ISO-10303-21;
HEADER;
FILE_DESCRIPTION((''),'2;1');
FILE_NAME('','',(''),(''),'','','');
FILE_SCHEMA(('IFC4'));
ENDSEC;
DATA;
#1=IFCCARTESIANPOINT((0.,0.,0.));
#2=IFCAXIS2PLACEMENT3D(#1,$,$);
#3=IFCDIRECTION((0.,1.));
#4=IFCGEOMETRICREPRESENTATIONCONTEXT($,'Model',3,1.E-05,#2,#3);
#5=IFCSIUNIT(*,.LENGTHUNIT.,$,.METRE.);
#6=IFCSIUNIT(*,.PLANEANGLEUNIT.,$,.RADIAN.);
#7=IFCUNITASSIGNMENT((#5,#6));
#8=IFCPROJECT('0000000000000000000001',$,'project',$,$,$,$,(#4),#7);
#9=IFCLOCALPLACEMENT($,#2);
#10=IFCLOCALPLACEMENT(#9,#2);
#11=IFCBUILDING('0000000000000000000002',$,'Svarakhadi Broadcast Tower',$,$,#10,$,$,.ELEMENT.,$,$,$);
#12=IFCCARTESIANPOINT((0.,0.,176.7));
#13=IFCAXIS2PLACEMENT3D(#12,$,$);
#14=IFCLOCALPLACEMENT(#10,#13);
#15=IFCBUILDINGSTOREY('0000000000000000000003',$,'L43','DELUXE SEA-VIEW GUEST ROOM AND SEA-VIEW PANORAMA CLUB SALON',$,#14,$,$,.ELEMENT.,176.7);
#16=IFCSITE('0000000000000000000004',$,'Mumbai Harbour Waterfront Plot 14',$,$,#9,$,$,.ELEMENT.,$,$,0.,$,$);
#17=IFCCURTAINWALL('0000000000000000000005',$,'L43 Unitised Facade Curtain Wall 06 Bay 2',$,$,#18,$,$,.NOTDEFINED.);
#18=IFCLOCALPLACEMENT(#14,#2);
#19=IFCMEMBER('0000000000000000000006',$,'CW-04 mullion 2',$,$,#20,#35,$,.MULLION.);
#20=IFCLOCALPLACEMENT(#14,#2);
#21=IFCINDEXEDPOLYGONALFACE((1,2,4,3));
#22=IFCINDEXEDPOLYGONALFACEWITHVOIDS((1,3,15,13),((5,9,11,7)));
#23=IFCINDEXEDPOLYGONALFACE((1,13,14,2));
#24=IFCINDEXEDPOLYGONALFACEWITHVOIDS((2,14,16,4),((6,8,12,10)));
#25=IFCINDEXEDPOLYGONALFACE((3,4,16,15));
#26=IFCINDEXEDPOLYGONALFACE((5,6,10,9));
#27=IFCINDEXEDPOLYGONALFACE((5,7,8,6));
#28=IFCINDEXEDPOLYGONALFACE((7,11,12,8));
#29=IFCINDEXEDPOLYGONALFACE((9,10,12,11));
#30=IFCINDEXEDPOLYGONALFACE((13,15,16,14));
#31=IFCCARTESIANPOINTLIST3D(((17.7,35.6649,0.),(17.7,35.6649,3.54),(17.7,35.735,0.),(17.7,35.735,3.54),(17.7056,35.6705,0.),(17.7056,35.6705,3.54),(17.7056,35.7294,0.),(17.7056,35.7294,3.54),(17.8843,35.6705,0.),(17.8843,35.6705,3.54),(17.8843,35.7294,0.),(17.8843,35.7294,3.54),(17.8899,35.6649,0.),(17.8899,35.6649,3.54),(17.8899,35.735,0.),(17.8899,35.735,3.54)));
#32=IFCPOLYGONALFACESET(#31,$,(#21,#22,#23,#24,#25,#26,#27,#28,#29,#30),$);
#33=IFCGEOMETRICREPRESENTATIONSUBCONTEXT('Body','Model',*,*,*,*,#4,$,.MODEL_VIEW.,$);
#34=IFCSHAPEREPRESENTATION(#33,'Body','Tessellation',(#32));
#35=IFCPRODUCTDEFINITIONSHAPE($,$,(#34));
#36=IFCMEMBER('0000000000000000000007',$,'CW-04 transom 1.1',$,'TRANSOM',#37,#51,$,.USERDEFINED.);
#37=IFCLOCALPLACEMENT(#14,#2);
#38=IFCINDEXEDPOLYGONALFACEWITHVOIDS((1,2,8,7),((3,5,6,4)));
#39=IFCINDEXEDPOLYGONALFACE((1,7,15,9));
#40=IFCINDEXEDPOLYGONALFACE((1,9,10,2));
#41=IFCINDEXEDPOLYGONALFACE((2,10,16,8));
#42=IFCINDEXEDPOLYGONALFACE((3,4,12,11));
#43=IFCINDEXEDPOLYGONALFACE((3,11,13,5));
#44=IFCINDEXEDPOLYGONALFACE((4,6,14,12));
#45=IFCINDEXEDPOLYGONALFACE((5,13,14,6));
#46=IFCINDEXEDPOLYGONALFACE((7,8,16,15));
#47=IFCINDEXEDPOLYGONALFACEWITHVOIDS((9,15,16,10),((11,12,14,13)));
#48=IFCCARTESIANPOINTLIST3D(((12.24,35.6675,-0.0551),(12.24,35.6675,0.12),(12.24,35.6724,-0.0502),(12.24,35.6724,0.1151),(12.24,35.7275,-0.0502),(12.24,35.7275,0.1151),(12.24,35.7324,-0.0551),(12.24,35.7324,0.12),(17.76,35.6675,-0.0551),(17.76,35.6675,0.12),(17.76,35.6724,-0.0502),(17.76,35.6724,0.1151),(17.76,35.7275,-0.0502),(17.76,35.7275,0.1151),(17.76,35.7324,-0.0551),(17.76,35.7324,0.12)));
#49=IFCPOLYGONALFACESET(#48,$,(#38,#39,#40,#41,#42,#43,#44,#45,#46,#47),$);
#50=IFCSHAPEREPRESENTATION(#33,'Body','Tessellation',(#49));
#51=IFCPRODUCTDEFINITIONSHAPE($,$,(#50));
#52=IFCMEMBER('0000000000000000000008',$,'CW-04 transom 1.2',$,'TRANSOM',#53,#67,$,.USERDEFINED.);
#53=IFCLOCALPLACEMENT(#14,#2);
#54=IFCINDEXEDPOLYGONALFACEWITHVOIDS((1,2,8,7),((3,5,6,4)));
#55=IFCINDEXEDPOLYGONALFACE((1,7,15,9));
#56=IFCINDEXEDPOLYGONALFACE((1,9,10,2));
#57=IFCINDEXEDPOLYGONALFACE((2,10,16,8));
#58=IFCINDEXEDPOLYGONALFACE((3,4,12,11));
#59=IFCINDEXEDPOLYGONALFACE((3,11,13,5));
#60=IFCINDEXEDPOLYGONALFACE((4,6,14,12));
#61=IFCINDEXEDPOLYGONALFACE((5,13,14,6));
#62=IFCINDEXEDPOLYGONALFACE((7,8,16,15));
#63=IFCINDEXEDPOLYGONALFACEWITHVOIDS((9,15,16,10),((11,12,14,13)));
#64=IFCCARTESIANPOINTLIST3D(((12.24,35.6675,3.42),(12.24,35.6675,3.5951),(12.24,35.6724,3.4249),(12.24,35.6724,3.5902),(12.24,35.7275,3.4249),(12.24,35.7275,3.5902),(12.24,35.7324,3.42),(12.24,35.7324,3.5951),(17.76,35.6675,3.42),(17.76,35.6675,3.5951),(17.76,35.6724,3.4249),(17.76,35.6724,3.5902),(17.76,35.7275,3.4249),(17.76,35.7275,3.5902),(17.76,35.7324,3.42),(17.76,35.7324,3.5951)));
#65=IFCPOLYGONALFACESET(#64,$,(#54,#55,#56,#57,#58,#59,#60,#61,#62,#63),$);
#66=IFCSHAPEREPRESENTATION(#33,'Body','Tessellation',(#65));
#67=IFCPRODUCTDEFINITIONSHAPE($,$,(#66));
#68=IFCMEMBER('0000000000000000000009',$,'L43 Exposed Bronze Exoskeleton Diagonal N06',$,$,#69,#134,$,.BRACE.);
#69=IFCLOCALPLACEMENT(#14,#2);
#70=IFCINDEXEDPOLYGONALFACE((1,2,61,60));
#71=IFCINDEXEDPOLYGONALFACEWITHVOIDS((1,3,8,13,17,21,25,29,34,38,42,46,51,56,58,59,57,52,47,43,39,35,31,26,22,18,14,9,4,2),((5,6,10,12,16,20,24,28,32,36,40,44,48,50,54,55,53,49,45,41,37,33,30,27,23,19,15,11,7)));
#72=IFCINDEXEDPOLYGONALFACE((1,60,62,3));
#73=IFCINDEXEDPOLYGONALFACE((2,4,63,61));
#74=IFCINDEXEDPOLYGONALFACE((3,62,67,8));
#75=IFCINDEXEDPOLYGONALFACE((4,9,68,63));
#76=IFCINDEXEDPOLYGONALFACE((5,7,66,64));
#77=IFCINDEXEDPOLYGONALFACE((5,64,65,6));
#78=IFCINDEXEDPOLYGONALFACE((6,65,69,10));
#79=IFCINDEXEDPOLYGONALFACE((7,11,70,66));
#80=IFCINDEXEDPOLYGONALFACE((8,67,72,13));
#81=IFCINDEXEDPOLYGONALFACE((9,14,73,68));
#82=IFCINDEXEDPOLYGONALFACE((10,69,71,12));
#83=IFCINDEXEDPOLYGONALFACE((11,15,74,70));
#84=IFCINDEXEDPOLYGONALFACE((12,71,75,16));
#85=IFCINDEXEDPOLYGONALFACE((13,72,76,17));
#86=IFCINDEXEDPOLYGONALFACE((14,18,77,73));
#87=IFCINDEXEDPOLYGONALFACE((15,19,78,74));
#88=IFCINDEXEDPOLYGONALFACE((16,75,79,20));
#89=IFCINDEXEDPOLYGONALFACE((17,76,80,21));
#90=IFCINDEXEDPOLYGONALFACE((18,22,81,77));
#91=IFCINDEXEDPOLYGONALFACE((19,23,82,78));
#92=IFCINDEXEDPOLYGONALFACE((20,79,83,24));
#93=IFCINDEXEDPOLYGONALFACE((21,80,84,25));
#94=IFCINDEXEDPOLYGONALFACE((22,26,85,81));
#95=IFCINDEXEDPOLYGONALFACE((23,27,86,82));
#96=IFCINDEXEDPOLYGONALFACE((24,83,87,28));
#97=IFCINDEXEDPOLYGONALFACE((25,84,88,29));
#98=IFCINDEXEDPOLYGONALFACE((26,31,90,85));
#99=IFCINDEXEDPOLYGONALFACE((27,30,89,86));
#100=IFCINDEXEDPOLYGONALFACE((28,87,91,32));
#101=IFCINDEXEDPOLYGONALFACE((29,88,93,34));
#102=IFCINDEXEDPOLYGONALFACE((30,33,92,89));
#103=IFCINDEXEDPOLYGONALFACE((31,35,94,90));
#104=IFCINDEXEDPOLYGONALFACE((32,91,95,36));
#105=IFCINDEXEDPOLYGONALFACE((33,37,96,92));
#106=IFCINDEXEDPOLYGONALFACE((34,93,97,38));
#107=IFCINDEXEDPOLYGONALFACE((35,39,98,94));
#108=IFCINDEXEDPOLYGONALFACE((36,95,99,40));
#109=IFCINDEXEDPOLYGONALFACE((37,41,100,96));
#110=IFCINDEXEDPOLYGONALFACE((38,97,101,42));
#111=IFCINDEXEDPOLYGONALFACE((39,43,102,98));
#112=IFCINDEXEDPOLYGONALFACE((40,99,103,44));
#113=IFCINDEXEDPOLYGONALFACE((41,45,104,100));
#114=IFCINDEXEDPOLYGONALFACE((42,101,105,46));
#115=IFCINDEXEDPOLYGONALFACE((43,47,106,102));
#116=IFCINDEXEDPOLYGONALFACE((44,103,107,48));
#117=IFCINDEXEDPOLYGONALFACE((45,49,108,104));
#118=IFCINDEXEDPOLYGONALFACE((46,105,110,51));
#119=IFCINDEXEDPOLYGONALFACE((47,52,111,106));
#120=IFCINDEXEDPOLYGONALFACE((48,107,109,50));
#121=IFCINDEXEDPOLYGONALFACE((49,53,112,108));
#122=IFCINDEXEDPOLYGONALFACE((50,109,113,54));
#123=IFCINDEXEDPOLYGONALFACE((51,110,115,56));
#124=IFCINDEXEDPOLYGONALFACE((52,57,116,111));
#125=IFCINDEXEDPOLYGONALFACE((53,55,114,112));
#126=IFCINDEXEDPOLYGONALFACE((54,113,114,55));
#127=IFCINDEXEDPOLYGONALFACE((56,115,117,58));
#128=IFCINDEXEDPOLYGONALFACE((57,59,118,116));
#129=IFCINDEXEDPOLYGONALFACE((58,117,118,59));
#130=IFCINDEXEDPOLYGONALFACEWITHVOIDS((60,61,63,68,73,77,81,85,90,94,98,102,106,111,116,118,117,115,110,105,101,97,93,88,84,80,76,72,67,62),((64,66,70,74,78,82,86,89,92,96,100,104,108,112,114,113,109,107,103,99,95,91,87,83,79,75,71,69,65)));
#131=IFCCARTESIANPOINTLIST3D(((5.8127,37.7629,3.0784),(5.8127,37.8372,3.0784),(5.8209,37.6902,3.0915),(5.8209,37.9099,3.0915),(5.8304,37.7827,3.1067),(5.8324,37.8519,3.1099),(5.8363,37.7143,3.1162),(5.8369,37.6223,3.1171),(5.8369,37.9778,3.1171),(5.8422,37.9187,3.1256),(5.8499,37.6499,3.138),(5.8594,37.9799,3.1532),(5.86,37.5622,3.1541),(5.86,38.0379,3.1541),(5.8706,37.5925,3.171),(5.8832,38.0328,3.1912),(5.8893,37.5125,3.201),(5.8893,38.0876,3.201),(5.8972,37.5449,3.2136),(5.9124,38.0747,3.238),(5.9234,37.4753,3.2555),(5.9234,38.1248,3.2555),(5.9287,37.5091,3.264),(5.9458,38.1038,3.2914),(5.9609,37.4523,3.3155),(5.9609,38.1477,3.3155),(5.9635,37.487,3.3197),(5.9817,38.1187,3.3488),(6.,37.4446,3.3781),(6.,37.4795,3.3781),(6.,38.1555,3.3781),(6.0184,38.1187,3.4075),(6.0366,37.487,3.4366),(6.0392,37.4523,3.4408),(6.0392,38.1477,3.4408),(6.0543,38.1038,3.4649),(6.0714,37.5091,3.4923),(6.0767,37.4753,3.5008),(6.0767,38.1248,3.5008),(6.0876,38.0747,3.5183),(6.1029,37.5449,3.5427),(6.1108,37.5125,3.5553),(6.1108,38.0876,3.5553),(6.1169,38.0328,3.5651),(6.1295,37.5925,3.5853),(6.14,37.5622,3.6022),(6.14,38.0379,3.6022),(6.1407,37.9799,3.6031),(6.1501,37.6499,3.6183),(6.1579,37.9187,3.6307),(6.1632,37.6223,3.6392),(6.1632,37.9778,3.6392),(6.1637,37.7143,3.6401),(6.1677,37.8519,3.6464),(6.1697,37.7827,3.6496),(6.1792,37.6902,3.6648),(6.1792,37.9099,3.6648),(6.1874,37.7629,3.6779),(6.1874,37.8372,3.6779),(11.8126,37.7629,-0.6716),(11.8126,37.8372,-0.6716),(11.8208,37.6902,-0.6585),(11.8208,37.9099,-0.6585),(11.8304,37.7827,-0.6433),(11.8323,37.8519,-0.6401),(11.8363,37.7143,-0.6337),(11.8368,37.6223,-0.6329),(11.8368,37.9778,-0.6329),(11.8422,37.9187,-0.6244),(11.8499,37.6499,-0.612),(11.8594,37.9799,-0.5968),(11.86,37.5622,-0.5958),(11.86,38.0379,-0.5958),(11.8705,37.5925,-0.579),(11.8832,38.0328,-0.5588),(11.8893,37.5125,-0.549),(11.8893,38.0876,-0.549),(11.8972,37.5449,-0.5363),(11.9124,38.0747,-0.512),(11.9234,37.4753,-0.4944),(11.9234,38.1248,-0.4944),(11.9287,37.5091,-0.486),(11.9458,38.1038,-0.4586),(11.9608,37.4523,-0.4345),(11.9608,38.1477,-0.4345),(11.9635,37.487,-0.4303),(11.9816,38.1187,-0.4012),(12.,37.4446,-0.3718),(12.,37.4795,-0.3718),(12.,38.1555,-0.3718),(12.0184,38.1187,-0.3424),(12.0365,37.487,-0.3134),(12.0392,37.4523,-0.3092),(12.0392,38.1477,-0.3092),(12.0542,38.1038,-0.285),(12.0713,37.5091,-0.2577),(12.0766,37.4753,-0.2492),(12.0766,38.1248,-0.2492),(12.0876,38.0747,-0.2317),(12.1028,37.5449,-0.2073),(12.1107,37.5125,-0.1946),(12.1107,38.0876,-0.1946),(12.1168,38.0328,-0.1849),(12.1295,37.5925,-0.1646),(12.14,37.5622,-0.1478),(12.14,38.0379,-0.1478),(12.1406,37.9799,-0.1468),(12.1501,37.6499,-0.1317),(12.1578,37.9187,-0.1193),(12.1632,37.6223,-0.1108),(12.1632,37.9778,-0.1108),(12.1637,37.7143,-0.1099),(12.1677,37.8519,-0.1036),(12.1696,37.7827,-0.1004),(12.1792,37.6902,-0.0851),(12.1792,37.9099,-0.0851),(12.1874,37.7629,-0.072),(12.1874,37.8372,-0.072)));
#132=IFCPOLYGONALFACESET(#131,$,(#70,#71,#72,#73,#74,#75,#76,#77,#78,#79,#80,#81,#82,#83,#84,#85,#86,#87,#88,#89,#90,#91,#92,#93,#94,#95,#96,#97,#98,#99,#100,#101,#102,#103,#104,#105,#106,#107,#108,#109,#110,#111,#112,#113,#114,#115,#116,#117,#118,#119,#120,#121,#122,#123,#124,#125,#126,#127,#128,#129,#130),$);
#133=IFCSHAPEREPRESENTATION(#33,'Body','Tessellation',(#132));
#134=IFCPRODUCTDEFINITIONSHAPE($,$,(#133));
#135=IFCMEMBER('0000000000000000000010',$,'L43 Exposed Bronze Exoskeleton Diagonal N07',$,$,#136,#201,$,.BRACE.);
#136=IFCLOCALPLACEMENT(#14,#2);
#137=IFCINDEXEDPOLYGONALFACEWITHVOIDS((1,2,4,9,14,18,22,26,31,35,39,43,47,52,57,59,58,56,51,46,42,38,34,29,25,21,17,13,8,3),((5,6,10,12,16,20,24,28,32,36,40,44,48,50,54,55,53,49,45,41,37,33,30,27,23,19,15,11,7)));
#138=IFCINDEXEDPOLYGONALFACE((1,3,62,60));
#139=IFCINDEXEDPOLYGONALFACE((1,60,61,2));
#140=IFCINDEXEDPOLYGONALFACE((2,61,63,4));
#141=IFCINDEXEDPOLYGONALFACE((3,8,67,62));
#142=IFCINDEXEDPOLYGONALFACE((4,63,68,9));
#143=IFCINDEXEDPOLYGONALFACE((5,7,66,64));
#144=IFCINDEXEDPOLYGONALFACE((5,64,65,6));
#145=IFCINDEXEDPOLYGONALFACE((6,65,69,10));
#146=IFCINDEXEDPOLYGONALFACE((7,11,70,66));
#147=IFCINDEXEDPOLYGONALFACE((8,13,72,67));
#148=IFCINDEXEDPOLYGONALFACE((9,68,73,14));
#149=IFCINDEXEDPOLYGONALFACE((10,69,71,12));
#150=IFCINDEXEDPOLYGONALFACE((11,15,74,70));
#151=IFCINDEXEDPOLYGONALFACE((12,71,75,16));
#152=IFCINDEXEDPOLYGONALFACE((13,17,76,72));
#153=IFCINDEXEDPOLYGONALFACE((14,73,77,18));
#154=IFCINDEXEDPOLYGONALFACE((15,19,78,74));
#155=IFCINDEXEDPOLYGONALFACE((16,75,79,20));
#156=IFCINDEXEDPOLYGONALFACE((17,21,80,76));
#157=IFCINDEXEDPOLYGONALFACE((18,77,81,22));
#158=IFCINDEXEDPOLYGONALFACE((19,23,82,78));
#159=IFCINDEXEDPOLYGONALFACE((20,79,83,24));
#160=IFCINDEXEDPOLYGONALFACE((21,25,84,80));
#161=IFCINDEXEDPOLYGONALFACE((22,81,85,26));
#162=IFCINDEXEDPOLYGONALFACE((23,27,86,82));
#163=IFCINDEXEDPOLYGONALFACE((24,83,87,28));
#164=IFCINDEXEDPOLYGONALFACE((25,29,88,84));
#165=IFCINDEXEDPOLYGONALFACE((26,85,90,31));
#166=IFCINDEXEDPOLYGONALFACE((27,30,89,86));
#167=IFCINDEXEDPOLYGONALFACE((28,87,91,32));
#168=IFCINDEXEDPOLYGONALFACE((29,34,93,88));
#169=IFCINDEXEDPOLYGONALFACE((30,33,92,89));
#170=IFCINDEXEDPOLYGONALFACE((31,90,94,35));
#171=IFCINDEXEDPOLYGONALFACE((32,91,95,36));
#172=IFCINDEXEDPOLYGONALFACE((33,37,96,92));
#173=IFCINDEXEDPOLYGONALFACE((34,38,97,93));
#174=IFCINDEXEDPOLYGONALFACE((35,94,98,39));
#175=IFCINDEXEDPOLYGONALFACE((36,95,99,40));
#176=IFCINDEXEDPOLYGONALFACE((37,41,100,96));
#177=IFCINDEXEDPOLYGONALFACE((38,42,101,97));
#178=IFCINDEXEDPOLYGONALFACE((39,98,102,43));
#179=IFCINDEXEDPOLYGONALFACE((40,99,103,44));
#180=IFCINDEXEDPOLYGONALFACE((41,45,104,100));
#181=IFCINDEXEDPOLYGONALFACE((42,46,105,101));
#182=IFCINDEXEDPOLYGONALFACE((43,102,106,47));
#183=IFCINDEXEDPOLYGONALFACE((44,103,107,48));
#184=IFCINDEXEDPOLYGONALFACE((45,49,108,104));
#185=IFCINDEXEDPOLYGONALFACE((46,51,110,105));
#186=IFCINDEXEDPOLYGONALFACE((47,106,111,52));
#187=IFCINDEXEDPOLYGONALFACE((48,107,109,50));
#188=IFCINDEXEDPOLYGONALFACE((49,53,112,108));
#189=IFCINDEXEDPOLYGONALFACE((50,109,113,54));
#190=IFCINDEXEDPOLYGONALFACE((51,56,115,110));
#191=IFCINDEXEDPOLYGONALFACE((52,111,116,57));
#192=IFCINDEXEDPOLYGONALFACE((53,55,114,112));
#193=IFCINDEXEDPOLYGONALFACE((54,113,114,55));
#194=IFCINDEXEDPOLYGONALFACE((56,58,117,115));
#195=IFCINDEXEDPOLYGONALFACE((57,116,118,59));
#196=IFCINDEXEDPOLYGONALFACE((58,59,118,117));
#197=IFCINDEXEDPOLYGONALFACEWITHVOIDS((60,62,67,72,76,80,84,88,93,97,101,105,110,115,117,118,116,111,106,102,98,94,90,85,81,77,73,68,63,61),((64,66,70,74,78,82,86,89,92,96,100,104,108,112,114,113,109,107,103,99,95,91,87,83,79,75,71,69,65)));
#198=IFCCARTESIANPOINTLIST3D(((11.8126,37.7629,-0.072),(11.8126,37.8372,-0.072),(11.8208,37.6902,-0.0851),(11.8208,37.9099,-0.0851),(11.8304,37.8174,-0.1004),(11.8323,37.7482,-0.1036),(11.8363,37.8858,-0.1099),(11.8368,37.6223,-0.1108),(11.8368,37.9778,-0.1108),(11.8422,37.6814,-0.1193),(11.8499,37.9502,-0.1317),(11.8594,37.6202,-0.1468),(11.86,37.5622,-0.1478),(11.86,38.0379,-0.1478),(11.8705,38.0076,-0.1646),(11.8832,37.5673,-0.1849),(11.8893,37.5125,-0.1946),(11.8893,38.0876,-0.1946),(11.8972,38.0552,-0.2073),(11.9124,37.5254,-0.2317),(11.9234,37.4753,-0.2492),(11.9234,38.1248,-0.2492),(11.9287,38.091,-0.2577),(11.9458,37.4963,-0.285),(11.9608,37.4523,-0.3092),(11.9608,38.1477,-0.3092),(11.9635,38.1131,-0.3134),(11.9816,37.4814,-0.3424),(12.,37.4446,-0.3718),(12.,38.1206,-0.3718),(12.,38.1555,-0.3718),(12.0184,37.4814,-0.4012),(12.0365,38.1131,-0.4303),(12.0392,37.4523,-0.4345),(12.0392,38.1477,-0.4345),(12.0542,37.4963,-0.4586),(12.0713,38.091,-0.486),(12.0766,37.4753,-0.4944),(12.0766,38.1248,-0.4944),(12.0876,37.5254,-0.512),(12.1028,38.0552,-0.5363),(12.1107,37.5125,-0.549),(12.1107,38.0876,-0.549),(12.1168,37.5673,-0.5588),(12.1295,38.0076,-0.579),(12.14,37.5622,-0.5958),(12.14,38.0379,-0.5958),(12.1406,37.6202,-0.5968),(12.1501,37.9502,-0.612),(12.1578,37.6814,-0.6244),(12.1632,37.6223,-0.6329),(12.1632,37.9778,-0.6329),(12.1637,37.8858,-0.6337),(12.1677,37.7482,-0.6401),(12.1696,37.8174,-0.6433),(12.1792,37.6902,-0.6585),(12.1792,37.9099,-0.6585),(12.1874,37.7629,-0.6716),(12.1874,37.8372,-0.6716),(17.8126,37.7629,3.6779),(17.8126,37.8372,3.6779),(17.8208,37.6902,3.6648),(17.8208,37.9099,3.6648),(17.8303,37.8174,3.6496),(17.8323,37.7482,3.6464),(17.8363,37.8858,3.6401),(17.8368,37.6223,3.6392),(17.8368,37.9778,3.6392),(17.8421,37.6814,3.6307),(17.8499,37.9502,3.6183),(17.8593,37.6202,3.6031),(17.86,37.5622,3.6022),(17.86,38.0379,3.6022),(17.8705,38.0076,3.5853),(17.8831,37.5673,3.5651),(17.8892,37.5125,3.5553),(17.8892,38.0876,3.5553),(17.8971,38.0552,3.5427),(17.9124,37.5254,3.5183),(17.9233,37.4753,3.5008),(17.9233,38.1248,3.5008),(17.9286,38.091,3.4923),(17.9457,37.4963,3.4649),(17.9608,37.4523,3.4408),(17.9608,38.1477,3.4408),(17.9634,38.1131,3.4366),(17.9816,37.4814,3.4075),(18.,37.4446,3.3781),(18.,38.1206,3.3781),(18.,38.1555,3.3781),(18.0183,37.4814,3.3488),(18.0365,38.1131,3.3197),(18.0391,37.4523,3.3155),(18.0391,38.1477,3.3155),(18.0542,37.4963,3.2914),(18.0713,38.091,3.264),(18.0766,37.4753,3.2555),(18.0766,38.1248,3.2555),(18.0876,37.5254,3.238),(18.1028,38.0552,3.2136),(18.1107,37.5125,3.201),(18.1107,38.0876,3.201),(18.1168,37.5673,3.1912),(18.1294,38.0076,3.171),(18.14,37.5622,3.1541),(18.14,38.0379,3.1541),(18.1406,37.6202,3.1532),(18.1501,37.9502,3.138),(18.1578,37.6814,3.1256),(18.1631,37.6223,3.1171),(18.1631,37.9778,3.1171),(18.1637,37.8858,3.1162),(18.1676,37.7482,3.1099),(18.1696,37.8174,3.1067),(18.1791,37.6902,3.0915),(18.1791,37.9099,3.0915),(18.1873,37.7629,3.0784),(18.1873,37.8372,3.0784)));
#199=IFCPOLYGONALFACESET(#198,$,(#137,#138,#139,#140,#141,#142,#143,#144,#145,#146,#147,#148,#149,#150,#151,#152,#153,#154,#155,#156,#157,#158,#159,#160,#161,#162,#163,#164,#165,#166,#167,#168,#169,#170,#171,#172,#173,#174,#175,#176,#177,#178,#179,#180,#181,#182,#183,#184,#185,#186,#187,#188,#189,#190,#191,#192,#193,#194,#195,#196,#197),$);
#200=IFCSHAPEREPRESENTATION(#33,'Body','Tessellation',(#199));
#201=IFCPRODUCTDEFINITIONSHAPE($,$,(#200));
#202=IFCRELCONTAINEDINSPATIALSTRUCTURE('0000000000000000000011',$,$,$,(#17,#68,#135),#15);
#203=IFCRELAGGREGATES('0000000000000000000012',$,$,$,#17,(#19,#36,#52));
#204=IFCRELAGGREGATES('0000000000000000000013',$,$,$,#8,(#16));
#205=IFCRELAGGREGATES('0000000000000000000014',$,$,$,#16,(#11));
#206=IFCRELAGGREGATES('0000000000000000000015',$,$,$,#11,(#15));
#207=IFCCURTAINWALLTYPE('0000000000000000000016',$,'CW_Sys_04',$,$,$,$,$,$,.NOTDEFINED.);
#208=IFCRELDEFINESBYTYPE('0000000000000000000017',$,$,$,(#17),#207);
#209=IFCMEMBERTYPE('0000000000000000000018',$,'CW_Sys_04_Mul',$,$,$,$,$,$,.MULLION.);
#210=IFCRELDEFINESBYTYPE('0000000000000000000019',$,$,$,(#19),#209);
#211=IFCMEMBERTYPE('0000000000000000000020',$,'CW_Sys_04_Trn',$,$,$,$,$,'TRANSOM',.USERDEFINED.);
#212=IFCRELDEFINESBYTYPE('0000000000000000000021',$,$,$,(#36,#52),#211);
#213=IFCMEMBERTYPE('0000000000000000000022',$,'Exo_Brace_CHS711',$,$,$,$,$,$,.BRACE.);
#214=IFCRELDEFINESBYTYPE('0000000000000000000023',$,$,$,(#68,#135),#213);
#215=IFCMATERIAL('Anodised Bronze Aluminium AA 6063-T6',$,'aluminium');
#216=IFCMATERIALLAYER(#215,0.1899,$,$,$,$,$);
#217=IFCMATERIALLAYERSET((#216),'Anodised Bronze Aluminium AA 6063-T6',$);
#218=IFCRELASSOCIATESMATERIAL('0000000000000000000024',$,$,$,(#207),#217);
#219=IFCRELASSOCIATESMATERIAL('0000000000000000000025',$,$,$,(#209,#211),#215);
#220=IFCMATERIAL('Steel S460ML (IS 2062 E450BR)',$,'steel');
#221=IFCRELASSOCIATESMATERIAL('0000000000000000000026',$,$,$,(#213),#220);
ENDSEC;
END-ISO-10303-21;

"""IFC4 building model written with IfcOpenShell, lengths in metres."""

from ifc_helpers import new_model, si_unit, direction, frame, origin, origin_2d, place, context, subcontext, project, spatial, hollow_rectangle, hollow_circle, extrude, material, layer, layer_set, material_profile, profile_set, type_object, element, aggregate, save


model = new_model("IFC4")

# Units and contexts
model_context = context("Model", 3, precision=1e-05, world=origin(), true_north=direction((0.0, 1.0)))
body_context = subcontext(model_context, "Body", "Model", "MODEL_VIEW")
ifc_project = project(units=[si_unit("LENGTHUNIT", "METRE"), si_unit("PLANEANGLEUNIT", "RADIAN")], contexts=[model_context])

# Site, building, storey
site_placement = place(None, origin())
site = spatial("IfcSite", under=ifc_project, at=site_placement, Name="Mumbai Harbour Waterfront Plot 14", CompositionType="ELEMENT", RefElevation=0.0)
building_placement = place(site_placement, origin())
building = spatial("IfcBuilding", under=site, at=building_placement, Name="Svarakhadi Broadcast Tower", CompositionType="ELEMENT")
storey_placement = place(building_placement, frame((0.0, 0.0, 176.7)))
storey = spatial("IfcBuildingStorey", under=building, at=storey_placement, Name="L43", Description="DELUXE SEA-VIEW GUEST ROOM AND SEA-VIEW PANORAMA CLUB SALON", CompositionType="ELEMENT", Elevation=176.7)

# Shared definitions
ifc_material_1 = material(Name="Steel S460ML (IS 2062 E450BR)", Category="steel")

# Shared definitions
ifc_material_2 = material(Name="Anodised Bronze Aluminium AA 6063-T6", Category="aluminium")
ifc_layer_1 = layer(ifc_material_2, 0.1899)
ifc_layer_set_1 = layer_set([ifc_layer_1], Name="Anodised Bronze Aluminium AA 6063-T6")
curtain_wall_type = type_object("IfcCurtainWallType", Name="CW_Sys_04", PredefinedType="NOTDEFINED", material=ifc_layer_set_1)
ifc_material_profile_1 = material_profile(ifc_material_2, hollow_rectangle(XDim=0.0701, YDim=0.1899, WallThickness=0.0056, at=origin_2d()), Name="ALU MULLION 190x70x6")
ifc_profile_set_1 = profile_set([ifc_material_profile_1], Name="Anodised Bronze Aluminium AA 6063-T6")
member_type_1 = type_object("IfcMemberType", Name="CW_Sys_04_Mul", PredefinedType="MULLION", material=ifc_profile_set_1)

# Curtain wall, members
curtain_wall_1_placement = place(storey_placement, origin())
curtain_wall_1 = element("IfcCurtainWall", 1, at=curtain_wall_1_placement, inside=storey, type_object=curtain_wall_type, Name="L43 Unitised Facade Curtain Wall 06 Bay 2", PredefinedType="NOTDEFINED")
member_1_placement = place(storey_placement, frame((17.7949, 35.7, 0.0), z_axis=(0.0, 0.0, 1.0), x_axis=(0.0, 1.0, 0.0)))
member_1 = element("IfcMember", 2, at=member_1_placement, type_object=member_type_1, Name="CW-04 mullion 2", PredefinedType="MULLION", context=body_context, shape_type="SweptSolid", body=[
    extrude(hollow_rectangle(XDim=0.0701, YDim=0.1899, WallThickness=0.0056, at=origin_2d()), origin(), (0.0, 0.0, 1.0), 3.54),
])
ifc_material_profile_2 = material_profile(ifc_material_2, hollow_rectangle(XDim=0.0649, YDim=0.175, WallThickness=0.0049, at=origin_2d()), Name="ALU TRANSOM 175x65x5")
ifc_profile_set_2 = profile_set([ifc_material_profile_2], Name="Anodised Bronze Aluminium AA 6063-T6")
member_type_2 = type_object("IfcMemberType", Name="CW_Sys_04_Trn", ElementType="TRANSOM", PredefinedType="USERDEFINED", material=ifc_profile_set_2)
member_2_placement = place(storey_placement, frame((12.24, 35.7, 0.0325), z_axis=(1.0, 0.0, 0.0), x_axis=(0.0, 1.0, 0.0)))
member_2 = element("IfcMember", 3, at=member_2_placement, type_object=member_type_2, Name="CW-04 transom 1.1", ObjectType="TRANSOM", PredefinedType="USERDEFINED", context=body_context, shape_type="SweptSolid", body=[
    extrude(hollow_rectangle(XDim=0.0649, YDim=0.175, WallThickness=0.0049, at=origin_2d()), origin(), (0.0, 0.0, 1.0), 5.52),
])
member_3_placement = place(storey_placement, frame((12.24, 35.7, 3.5076), z_axis=(1.0, 0.0, 0.0), x_axis=(0.0, 1.0, 0.0)))
member_3 = element("IfcMember", 4, at=member_3_placement, type_object=member_type_2, Name="CW-04 transom 1.2", ObjectType="TRANSOM", PredefinedType="USERDEFINED", context=body_context, shape_type="SweptSolid", body=[
    extrude(hollow_rectangle(XDim=0.0649, YDim=0.175, WallThickness=0.0049, at=origin_2d()), origin(), (0.0, 0.0, 1.0), 5.52),
])

# Members
ifc_material_profile_3 = material_profile(ifc_material_1, hollow_circle(Radius=0.3555, WallThickness=0.0349, at=origin_2d()), Name="CHS 711x35")
ifc_profile_set_3 = profile_set([ifc_material_profile_3], Name="Steel S460ML (IS 2062 E450BR)")
member_type_3 = type_object("IfcMemberType", Name="Exo_Brace_CHS711", PredefinedType="BRACE", material=ifc_profile_set_3)
for number, where, z_axis, x_axis, name in (
    (5, (12.0, 37.8, -0.3718), (-0.847998, 0.0, 0.529999), (0.0, -1.0, 0.0), "L43 Exposed Bronze Exoskeleton Diagonal N06"),
    (6, (12.0, 37.8, -0.3718), (0.847998, 0.0, 0.529999), (0.0, 1.0, 0.0), "L43 Exposed Bronze Exoskeleton Diagonal N07"),
):
    element("IfcMember", number, at=place(storey_placement, frame(where, z_axis=z_axis, x_axis=x_axis)), inside=storey, type_object=member_type_3, Name=name, PredefinedType="BRACE", context=body_context, shape_type="SweptSolid", body=[
        extrude(hollow_circle(Radius=0.3555, WallThickness=0.0349, at=origin_2d()), origin(), (0.0, 0.0, 1.0), 7.0754),
    ])

aggregate(curtain_wall_1, [member_1, member_2, member_3])

save(model, "model.ifc")
